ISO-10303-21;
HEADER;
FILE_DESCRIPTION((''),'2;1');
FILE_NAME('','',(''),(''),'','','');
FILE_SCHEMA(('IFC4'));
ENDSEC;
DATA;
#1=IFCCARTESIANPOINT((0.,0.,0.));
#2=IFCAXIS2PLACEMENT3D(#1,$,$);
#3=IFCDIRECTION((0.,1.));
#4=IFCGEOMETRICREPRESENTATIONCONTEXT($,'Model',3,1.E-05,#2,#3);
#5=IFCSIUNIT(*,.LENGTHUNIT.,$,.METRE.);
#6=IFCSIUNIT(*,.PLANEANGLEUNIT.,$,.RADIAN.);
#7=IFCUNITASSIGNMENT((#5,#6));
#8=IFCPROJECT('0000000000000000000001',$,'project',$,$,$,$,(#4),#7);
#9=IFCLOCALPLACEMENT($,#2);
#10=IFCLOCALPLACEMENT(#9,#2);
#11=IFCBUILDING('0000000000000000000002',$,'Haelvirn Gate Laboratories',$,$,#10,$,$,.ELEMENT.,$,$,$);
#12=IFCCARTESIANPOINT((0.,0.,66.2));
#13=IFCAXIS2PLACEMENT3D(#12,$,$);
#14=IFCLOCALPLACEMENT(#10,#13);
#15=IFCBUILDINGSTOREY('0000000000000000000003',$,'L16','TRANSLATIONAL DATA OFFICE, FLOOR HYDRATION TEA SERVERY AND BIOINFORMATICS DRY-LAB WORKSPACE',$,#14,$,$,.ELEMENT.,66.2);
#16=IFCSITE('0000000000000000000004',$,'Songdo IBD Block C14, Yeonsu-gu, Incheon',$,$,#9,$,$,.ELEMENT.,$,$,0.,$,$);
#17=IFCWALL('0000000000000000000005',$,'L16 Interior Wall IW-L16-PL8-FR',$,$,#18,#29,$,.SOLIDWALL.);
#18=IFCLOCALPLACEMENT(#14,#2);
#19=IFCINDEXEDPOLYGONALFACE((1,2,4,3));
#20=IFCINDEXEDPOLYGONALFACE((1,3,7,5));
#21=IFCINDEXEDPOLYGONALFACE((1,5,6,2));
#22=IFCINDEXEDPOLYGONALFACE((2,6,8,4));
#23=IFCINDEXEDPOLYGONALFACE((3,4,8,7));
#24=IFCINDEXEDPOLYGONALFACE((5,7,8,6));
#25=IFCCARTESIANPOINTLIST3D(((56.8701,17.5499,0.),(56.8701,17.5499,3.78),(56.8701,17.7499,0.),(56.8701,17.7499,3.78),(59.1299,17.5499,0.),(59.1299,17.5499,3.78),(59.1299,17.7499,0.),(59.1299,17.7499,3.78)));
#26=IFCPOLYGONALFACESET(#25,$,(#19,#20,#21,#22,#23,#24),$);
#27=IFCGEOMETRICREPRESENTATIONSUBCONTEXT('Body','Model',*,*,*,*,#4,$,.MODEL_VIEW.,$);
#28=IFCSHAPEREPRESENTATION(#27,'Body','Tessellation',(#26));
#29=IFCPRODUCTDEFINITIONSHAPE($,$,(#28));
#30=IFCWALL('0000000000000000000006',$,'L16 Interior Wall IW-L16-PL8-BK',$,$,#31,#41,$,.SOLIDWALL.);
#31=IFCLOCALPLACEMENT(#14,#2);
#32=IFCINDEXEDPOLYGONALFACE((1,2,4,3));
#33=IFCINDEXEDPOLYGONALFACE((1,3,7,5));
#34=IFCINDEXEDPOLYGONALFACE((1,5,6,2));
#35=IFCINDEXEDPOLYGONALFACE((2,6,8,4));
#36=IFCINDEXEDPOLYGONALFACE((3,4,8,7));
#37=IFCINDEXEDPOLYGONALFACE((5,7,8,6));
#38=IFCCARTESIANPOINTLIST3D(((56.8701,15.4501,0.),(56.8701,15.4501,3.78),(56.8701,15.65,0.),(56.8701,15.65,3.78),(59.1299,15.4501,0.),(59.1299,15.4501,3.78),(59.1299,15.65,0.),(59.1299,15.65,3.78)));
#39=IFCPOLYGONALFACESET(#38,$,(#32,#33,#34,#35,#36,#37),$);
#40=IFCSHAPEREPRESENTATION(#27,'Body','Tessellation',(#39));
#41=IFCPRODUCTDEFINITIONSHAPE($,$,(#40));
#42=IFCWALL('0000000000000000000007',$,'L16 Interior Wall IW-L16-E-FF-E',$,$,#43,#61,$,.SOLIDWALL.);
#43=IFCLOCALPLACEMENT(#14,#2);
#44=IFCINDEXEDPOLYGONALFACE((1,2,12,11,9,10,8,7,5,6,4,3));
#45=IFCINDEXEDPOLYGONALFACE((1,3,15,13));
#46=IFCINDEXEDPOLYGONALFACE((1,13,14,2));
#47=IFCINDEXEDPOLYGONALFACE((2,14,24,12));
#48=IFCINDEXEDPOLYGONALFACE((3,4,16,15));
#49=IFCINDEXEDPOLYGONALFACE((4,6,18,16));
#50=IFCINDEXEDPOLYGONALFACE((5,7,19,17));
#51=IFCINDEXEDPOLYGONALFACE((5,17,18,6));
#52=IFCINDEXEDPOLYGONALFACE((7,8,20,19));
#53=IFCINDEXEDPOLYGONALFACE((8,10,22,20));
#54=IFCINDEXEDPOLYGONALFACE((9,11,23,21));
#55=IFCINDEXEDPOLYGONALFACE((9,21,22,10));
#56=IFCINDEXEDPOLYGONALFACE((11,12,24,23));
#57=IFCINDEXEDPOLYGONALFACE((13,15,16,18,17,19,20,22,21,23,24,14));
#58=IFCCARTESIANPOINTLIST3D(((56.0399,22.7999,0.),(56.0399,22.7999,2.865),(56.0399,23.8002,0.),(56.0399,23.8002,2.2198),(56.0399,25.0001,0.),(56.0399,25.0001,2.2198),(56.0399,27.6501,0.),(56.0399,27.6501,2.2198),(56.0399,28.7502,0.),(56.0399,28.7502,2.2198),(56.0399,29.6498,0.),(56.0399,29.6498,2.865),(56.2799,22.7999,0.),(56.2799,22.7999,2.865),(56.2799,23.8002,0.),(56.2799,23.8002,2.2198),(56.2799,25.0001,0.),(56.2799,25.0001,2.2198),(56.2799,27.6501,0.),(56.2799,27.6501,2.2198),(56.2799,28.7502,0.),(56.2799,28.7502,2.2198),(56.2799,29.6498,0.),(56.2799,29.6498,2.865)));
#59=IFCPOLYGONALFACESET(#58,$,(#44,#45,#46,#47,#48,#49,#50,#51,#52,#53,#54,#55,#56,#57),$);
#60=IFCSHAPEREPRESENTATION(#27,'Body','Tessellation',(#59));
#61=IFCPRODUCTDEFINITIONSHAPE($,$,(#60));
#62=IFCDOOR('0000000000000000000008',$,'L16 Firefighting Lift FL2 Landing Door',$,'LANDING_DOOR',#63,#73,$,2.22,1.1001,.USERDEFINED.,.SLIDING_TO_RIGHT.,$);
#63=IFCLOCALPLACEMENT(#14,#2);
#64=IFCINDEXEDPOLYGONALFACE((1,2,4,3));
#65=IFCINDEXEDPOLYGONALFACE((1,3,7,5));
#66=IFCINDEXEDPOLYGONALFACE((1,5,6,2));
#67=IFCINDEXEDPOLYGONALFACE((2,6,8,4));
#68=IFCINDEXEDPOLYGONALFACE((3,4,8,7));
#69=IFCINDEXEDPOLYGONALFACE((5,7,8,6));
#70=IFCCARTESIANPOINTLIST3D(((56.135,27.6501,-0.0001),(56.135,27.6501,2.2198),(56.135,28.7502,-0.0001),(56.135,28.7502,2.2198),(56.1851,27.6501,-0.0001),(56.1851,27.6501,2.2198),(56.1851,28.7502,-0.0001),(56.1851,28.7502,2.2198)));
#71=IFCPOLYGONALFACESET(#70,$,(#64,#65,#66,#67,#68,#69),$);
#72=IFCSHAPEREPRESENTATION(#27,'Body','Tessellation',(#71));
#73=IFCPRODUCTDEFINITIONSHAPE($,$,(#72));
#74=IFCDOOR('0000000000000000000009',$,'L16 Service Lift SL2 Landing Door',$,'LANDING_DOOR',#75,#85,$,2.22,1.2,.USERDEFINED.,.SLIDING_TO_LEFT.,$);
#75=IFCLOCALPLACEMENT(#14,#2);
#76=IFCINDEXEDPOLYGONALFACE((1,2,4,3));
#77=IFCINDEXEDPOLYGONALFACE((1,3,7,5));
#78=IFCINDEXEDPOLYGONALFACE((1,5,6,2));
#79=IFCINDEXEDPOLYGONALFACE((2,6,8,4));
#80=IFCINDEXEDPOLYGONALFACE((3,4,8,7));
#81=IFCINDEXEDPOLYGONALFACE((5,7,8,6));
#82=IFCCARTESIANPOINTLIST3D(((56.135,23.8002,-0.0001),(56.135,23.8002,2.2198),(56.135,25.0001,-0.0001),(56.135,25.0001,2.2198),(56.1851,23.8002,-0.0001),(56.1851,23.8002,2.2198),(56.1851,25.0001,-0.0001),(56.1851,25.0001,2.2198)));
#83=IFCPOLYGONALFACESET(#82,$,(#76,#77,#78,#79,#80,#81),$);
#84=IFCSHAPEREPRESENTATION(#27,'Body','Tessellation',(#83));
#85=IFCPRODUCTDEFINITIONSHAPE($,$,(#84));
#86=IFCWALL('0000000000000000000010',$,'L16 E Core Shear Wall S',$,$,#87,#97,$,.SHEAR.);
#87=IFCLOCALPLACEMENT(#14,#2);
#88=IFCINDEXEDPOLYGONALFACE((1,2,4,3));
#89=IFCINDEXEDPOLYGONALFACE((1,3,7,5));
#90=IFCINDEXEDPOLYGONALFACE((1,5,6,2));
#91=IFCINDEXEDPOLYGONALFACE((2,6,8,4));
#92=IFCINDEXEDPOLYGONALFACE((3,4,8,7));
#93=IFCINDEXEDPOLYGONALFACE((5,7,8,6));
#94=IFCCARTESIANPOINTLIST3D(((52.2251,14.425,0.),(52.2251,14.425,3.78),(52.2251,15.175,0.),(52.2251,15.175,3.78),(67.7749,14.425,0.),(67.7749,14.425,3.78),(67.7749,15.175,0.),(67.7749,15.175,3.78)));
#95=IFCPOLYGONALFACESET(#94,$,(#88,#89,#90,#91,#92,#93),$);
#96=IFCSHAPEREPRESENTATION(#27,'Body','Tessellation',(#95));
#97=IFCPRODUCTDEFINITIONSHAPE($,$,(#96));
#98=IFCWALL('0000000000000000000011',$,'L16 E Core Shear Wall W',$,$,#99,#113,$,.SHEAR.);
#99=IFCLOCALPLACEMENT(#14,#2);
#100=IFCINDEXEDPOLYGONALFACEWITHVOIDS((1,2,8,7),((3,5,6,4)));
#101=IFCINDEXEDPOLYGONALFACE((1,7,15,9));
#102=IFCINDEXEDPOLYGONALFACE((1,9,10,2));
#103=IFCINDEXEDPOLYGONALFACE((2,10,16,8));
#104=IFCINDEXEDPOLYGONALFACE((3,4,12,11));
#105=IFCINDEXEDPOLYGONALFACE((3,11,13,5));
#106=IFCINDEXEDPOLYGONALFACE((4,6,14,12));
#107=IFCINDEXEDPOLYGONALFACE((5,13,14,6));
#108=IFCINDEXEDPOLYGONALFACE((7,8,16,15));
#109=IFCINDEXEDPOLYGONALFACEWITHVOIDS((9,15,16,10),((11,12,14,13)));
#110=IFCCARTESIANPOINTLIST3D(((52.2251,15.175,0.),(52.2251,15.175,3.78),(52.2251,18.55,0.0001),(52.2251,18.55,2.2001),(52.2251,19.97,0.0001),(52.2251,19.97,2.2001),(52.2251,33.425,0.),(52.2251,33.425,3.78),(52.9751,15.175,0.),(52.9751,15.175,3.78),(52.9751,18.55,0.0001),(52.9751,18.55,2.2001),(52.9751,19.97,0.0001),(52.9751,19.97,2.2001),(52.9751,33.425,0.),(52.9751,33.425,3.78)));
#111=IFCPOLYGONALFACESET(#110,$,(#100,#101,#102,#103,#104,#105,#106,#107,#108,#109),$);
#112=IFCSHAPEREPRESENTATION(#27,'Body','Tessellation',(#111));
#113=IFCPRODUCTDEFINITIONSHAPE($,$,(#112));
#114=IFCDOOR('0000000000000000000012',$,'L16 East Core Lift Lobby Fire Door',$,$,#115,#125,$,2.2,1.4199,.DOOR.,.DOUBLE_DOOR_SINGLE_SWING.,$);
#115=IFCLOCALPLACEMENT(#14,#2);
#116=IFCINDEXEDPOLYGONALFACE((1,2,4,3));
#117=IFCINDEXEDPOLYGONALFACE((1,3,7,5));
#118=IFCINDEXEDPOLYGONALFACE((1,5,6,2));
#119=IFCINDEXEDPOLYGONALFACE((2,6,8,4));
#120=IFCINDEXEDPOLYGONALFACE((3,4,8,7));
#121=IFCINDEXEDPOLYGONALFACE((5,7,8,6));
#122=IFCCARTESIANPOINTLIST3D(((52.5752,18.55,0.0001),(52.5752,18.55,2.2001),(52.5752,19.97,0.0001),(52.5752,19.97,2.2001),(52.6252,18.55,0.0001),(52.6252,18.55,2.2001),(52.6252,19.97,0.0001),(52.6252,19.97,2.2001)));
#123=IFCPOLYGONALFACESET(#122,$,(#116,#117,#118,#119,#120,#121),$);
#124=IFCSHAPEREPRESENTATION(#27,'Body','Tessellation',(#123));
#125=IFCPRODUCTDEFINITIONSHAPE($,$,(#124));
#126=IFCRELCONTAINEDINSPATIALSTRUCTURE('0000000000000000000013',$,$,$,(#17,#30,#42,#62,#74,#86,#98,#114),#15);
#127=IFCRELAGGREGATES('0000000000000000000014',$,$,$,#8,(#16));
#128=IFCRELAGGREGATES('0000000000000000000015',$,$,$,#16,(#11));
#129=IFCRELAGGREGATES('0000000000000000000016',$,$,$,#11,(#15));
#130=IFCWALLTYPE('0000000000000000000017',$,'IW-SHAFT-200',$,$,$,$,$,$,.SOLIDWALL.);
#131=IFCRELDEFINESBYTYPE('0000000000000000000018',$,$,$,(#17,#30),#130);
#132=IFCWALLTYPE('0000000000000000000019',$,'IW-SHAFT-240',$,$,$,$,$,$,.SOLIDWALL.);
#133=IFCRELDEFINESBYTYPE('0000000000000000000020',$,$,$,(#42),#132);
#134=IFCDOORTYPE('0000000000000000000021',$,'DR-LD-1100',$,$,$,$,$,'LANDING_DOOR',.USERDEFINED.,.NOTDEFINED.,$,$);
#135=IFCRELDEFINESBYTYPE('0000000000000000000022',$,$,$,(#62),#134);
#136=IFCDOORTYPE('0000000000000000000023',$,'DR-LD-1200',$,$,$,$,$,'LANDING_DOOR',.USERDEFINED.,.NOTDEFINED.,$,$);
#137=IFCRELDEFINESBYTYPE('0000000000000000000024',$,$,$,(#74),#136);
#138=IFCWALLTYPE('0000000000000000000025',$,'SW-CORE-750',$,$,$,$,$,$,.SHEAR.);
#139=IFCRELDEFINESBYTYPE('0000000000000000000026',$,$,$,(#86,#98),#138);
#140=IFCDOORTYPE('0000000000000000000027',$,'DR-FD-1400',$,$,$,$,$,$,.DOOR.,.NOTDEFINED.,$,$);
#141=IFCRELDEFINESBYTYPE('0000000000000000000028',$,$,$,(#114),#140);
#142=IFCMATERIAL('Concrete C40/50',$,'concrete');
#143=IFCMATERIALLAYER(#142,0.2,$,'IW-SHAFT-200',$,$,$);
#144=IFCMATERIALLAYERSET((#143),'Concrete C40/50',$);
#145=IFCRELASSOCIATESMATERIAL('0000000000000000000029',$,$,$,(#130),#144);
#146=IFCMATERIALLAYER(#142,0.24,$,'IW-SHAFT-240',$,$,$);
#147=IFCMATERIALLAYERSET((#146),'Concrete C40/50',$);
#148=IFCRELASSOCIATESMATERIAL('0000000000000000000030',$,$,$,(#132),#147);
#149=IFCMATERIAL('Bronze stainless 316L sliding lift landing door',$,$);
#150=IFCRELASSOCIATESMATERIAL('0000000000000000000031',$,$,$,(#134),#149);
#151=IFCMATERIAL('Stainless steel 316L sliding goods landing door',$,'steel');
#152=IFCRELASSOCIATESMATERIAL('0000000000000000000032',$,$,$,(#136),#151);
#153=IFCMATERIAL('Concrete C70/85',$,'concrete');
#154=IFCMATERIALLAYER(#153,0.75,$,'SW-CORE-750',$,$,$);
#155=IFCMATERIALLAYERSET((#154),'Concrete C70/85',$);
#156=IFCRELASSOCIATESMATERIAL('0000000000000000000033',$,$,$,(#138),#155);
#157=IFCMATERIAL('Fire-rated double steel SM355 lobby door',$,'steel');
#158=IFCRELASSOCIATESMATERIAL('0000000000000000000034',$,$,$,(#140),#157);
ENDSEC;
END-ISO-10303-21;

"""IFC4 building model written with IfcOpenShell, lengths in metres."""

from ifc_helpers import new_model, si_unit, direction, frame, frame_2d, origin, place, context, subcontext, project, spatial, rectangle, extrude, source, transform, mapped, material, layer, layer_set, type_object, type_shapes, element, fill, save


model = new_model("IFC4")

# Units and contexts
model_context = context("Model", 3, precision=1e-05, world=origin(), true_north=direction((0.0, 1.0)))
body_context = subcontext(model_context, "Body", "Model", "MODEL_VIEW")
ifc_project = project(units=[si_unit("LENGTHUNIT", "METRE"), si_unit("PLANEANGLEUNIT", "RADIAN")], contexts=[model_context])

# Site, building, storey
site_placement = place(None, origin())
site = spatial("IfcSite", under=ifc_project, at=site_placement, Name="Songdo IBD Block C14, Yeonsu-gu, Incheon", CompositionType="ELEMENT", RefElevation=0.0)
building_placement = place(site_placement, origin())
building = spatial("IfcBuilding", under=site, at=building_placement, Name="Haelvirn Gate Laboratories", CompositionType="ELEMENT")
storey_placement = place(building_placement, frame((0.0, 0.0, 66.2)))
storey = spatial("IfcBuildingStorey", under=building, at=storey_placement, Name="L16", Description="TRANSLATIONAL DATA OFFICE, FLOOR HYDRATION TEA SERVERY AND BIOINFORMATICS DRY-LAB WORKSPACE", CompositionType="ELEMENT", Elevation=66.2)

# Shared definitions
ifc_material_1 = material(Name="Concrete C70/85", Category="concrete")

# Walls
ifc_material_2 = material(Name="Concrete C40/50", Category="concrete")
ifc_layer_1 = layer(ifc_material_2, 0.2, Name="IW-SHAFT-200")
ifc_layer_set_1 = layer_set([ifc_layer_1], Name="Concrete C40/50")
wall_type_1 = type_object("IfcWallType", Name="IW-SHAFT-200", PredefinedType="SOLIDWALL", material=ifc_layer_set_1)
for number, where, z_axis, x_axis, name in (
    (1, (56.8701, 17.6499, 0.0), (0.0, 0.0, 1.0), (1.0, 0.0, 0.0), "L16 Interior Wall IW-L16-PL8-FR"),
    (2, (56.8701, 15.55, 0.0), (0.0, 0.0, 1.0), (1.0, 0.0, 0.0), "L16 Interior Wall IW-L16-PL8-BK"),
):
    element("IfcWall", number, at=place(storey_placement, frame(where, z_axis=z_axis, x_axis=x_axis)), inside=storey, type_object=wall_type_1, Name=name, PredefinedType="SOLIDWALL", context=body_context, shape_type="SweptSolid", body=[
        extrude(rectangle(XDim=2.2598, YDim=0.2, at=frame_2d((1.1299, 0.0))), origin(), (0.0, 0.0, 1.0), 3.78),
    ])

# Wall, openings, doors
ifc_layer_2 = layer(ifc_material_2, 0.24, Name="IW-SHAFT-240")
ifc_layer_set_2 = layer_set([ifc_layer_2], Name="Concrete C40/50")
wall_type_2 = type_object("IfcWallType", Name="IW-SHAFT-240", PredefinedType="SOLIDWALL", material=ifc_layer_set_2)
wall_1_placement = place(storey_placement, frame((56.1599, 22.8, 0.0), z_axis=(0.0, 0.0, 1.0), x_axis=(0.0, 1.0, 0.0)))
wall_1 = element("IfcWall", 3, at=wall_1_placement, inside=storey, type_object=wall_type_2, Name="L16 Interior Wall IW-L16-E-FF-E", PredefinedType="SOLIDWALL", context=body_context, shape_type="SweptSolid", body=[
    extrude(rectangle(XDim=6.8499, YDim=0.24, at=frame_2d((3.4248, 0.0))), origin(), (0.0, 0.0, 1.0), 2.865),
])
opening_1_placement = place(wall_1_placement, frame((4.8501, 0.0, 0.0)))
opening_1 = element("IfcOpeningElement", 4, at=opening_1_placement, cuts=wall_1, PredefinedType="OPENING", context=body_context, shape_type="SweptSolid", body=[
    extrude(rectangle(XDim=1.1001, YDim=2.22, at=frame_2d((0.55, 1.1099))), frame((0.0, 0.1299, 0.0), z_axis=(0.0, -1.0, 0.0), x_axis=(1.0, 0.0, 0.0)), (0.0, 0.0, 1.0), 0.26),
])
opening_2_placement = place(wall_1_placement, frame((1.0, 0.0, 0.0)))
opening_2 = element("IfcOpeningElement", 5, at=opening_2_placement, cuts=wall_1, PredefinedType="OPENING", context=body_context, shape_type="SweptSolid", body=[
    extrude(rectangle(XDim=1.2, YDim=2.22, at=frame_2d((0.6001, 1.1099))), frame((0.0, 0.1299, 0.0), z_axis=(0.0, -1.0, 0.0), x_axis=(1.0, 0.0, 0.0)), (0.0, 0.0, 1.0), 0.26),
])
ifc_material_3 = material(Name="Bronze stainless 316L sliding lift landing door")
door_type_1 = type_object("IfcDoorType", Name="DR-LD-1100", ElementType="LANDING_DOOR", OperationType="NOTDEFINED", PredefinedType="USERDEFINED", material=ifc_material_3)
shared_shape_1 = source(origin(), body_context, "Body", "SweptSolid", [
    extrude(rectangle(XDim=1.1001, YDim=2.22, at=frame_2d((0.55, 1.1099))), frame((0.0, 0.0249, 0.0), z_axis=(0.0, -1.0, 0.0), x_axis=(1.0, 0.0, 0.0)), (0.0, 0.0, 1.0), 0.05),
])
type_shapes(door_type_1, [shared_shape_1])
door_1_placement = place(opening_1_placement, origin())
door_1 = element("IfcDoor", 6, at=door_1_placement, inside=storey, type_object=door_type_1, Name="L16 Firefighting Lift FL2 Landing Door", ObjectType="LANDING_DOOR", OperationType="SLIDING_TO_RIGHT", OverallHeight=2.22, OverallWidth=1.1001, PredefinedType="USERDEFINED", context=body_context, shape_type="MappedRepresentation", body=[
    mapped(shared_shape_1, transform((0.0, 0.0, 0.0), scale=1.0)),
])
fill(opening_1, door_1)
ifc_material_4 = material(Name="Stainless steel 316L sliding goods landing door", Category="steel")
door_type_2 = type_object("IfcDoorType", Name="DR-LD-1200", ElementType="LANDING_DOOR", OperationType="NOTDEFINED", PredefinedType="USERDEFINED", material=ifc_material_4)
shared_shape_2 = source(origin(), body_context, "Body", "SweptSolid", [
    extrude(rectangle(XDim=1.2, YDim=2.22, at=frame_2d((0.6001, 1.1099))), frame((0.0, 0.0249, 0.0), z_axis=(0.0, -1.0, 0.0), x_axis=(1.0, 0.0, 0.0)), (0.0, 0.0, 1.0), 0.05),
])
type_shapes(door_type_2, [shared_shape_2])
door_2_placement = place(opening_2_placement, origin())
door_2 = element("IfcDoor", 7, at=door_2_placement, inside=storey, type_object=door_type_2, Name="L16 Service Lift SL2 Landing Door", ObjectType="LANDING_DOOR", OperationType="SLIDING_TO_LEFT", OverallHeight=2.22, OverallWidth=1.2, PredefinedType="USERDEFINED", context=body_context, shape_type="MappedRepresentation", body=[
    mapped(shared_shape_2, transform((0.0, 0.0, 0.0), scale=1.0)),
])
fill(opening_2, door_2)

# Wall
ifc_layer_3 = layer(ifc_material_1, 0.75, Name="SW-CORE-750")
ifc_layer_set_3 = layer_set([ifc_layer_3], Name="Concrete C70/85")
wall_type_3 = type_object("IfcWallType", Name="SW-CORE-750", PredefinedType="SHEAR", material=ifc_layer_set_3)
wall_2_placement = place(storey_placement, frame((52.2251, 14.8, 0.0), z_axis=(0.0, 0.0, 1.0), x_axis=(1.0, 0.0, 0.0)))
element("IfcWall", 8, at=wall_2_placement, inside=storey, type_object=wall_type_3, Name="L16 E Core Shear Wall S", PredefinedType="SHEAR", context=body_context, shape_type="SweptSolid", body=[
    extrude(rectangle(XDim=15.5498, YDim=0.75, at=frame_2d((7.7749, 0.0))), origin(), (0.0, 0.0, 1.0), 3.78),
])

# Wall, opening, door
wall_3_placement = place(storey_placement, frame((52.6001, 15.175, 0.0), z_axis=(0.0, 0.0, 1.0), x_axis=(0.0, 1.0, 0.0)))
wall_3 = element("IfcWall", 9, at=wall_3_placement, inside=storey, type_object=wall_type_3, Name="L16 E Core Shear Wall W", PredefinedType="SHEAR", context=body_context, shape_type="SweptSolid", body=[
    extrude(rectangle(XDim=18.25, YDim=0.75, at=frame_2d((9.125, 0.0))), origin(), (0.0, 0.0, 1.0), 3.78),
])
opening_3_placement = place(wall_3_placement, frame((3.375, 0.0, 0.0)))
opening_3 = element("IfcOpeningElement", 10, at=opening_3_placement, cuts=wall_3, PredefinedType="OPENING", context=body_context, shape_type="SweptSolid", body=[
    extrude(rectangle(XDim=1.4199, YDim=2.2, at=frame_2d((0.71, 1.1001))), frame((0.0, 0.385, 0.0), z_axis=(0.0, -1.0, 0.0), x_axis=(1.0, 0.0, 0.0)), (0.0, 0.0, 1.0), 0.77),
])
ifc_material_5 = material(Name="Fire-rated double steel SM355 lobby door", Category="steel")
door_type_3 = type_object("IfcDoorType", Name="DR-FD-1400", OperationType="NOTDEFINED", PredefinedType="DOOR", material=ifc_material_5)
shared_shape_3 = source(origin(), body_context, "Body", "SweptSolid", [
    extrude(rectangle(XDim=1.4199, YDim=2.2, at=frame_2d((0.71, 1.1001))), frame((0.0, 0.0249, 0.0), z_axis=(0.0, -1.0, 0.0), x_axis=(1.0, 0.0, 0.0)), (0.0, 0.0, 1.0), 0.05),
])
type_shapes(door_type_3, [shared_shape_3])
door_3_placement = place(opening_3_placement, origin())
door_3 = element("IfcDoor", 11, at=door_3_placement, inside=storey, type_object=door_type_3, Name="L16 East Core Lift Lobby Fire Door", OperationType="DOUBLE_DOOR_SINGLE_SWING", OverallHeight=2.2, OverallWidth=1.4199, PredefinedType="DOOR", context=body_context, shape_type="MappedRepresentation", body=[
    mapped(shared_shape_3, transform((0.0, 0.0, 0.0), scale=1.0)),
])
fill(opening_3, door_3)

save(model, "model.ifc")
